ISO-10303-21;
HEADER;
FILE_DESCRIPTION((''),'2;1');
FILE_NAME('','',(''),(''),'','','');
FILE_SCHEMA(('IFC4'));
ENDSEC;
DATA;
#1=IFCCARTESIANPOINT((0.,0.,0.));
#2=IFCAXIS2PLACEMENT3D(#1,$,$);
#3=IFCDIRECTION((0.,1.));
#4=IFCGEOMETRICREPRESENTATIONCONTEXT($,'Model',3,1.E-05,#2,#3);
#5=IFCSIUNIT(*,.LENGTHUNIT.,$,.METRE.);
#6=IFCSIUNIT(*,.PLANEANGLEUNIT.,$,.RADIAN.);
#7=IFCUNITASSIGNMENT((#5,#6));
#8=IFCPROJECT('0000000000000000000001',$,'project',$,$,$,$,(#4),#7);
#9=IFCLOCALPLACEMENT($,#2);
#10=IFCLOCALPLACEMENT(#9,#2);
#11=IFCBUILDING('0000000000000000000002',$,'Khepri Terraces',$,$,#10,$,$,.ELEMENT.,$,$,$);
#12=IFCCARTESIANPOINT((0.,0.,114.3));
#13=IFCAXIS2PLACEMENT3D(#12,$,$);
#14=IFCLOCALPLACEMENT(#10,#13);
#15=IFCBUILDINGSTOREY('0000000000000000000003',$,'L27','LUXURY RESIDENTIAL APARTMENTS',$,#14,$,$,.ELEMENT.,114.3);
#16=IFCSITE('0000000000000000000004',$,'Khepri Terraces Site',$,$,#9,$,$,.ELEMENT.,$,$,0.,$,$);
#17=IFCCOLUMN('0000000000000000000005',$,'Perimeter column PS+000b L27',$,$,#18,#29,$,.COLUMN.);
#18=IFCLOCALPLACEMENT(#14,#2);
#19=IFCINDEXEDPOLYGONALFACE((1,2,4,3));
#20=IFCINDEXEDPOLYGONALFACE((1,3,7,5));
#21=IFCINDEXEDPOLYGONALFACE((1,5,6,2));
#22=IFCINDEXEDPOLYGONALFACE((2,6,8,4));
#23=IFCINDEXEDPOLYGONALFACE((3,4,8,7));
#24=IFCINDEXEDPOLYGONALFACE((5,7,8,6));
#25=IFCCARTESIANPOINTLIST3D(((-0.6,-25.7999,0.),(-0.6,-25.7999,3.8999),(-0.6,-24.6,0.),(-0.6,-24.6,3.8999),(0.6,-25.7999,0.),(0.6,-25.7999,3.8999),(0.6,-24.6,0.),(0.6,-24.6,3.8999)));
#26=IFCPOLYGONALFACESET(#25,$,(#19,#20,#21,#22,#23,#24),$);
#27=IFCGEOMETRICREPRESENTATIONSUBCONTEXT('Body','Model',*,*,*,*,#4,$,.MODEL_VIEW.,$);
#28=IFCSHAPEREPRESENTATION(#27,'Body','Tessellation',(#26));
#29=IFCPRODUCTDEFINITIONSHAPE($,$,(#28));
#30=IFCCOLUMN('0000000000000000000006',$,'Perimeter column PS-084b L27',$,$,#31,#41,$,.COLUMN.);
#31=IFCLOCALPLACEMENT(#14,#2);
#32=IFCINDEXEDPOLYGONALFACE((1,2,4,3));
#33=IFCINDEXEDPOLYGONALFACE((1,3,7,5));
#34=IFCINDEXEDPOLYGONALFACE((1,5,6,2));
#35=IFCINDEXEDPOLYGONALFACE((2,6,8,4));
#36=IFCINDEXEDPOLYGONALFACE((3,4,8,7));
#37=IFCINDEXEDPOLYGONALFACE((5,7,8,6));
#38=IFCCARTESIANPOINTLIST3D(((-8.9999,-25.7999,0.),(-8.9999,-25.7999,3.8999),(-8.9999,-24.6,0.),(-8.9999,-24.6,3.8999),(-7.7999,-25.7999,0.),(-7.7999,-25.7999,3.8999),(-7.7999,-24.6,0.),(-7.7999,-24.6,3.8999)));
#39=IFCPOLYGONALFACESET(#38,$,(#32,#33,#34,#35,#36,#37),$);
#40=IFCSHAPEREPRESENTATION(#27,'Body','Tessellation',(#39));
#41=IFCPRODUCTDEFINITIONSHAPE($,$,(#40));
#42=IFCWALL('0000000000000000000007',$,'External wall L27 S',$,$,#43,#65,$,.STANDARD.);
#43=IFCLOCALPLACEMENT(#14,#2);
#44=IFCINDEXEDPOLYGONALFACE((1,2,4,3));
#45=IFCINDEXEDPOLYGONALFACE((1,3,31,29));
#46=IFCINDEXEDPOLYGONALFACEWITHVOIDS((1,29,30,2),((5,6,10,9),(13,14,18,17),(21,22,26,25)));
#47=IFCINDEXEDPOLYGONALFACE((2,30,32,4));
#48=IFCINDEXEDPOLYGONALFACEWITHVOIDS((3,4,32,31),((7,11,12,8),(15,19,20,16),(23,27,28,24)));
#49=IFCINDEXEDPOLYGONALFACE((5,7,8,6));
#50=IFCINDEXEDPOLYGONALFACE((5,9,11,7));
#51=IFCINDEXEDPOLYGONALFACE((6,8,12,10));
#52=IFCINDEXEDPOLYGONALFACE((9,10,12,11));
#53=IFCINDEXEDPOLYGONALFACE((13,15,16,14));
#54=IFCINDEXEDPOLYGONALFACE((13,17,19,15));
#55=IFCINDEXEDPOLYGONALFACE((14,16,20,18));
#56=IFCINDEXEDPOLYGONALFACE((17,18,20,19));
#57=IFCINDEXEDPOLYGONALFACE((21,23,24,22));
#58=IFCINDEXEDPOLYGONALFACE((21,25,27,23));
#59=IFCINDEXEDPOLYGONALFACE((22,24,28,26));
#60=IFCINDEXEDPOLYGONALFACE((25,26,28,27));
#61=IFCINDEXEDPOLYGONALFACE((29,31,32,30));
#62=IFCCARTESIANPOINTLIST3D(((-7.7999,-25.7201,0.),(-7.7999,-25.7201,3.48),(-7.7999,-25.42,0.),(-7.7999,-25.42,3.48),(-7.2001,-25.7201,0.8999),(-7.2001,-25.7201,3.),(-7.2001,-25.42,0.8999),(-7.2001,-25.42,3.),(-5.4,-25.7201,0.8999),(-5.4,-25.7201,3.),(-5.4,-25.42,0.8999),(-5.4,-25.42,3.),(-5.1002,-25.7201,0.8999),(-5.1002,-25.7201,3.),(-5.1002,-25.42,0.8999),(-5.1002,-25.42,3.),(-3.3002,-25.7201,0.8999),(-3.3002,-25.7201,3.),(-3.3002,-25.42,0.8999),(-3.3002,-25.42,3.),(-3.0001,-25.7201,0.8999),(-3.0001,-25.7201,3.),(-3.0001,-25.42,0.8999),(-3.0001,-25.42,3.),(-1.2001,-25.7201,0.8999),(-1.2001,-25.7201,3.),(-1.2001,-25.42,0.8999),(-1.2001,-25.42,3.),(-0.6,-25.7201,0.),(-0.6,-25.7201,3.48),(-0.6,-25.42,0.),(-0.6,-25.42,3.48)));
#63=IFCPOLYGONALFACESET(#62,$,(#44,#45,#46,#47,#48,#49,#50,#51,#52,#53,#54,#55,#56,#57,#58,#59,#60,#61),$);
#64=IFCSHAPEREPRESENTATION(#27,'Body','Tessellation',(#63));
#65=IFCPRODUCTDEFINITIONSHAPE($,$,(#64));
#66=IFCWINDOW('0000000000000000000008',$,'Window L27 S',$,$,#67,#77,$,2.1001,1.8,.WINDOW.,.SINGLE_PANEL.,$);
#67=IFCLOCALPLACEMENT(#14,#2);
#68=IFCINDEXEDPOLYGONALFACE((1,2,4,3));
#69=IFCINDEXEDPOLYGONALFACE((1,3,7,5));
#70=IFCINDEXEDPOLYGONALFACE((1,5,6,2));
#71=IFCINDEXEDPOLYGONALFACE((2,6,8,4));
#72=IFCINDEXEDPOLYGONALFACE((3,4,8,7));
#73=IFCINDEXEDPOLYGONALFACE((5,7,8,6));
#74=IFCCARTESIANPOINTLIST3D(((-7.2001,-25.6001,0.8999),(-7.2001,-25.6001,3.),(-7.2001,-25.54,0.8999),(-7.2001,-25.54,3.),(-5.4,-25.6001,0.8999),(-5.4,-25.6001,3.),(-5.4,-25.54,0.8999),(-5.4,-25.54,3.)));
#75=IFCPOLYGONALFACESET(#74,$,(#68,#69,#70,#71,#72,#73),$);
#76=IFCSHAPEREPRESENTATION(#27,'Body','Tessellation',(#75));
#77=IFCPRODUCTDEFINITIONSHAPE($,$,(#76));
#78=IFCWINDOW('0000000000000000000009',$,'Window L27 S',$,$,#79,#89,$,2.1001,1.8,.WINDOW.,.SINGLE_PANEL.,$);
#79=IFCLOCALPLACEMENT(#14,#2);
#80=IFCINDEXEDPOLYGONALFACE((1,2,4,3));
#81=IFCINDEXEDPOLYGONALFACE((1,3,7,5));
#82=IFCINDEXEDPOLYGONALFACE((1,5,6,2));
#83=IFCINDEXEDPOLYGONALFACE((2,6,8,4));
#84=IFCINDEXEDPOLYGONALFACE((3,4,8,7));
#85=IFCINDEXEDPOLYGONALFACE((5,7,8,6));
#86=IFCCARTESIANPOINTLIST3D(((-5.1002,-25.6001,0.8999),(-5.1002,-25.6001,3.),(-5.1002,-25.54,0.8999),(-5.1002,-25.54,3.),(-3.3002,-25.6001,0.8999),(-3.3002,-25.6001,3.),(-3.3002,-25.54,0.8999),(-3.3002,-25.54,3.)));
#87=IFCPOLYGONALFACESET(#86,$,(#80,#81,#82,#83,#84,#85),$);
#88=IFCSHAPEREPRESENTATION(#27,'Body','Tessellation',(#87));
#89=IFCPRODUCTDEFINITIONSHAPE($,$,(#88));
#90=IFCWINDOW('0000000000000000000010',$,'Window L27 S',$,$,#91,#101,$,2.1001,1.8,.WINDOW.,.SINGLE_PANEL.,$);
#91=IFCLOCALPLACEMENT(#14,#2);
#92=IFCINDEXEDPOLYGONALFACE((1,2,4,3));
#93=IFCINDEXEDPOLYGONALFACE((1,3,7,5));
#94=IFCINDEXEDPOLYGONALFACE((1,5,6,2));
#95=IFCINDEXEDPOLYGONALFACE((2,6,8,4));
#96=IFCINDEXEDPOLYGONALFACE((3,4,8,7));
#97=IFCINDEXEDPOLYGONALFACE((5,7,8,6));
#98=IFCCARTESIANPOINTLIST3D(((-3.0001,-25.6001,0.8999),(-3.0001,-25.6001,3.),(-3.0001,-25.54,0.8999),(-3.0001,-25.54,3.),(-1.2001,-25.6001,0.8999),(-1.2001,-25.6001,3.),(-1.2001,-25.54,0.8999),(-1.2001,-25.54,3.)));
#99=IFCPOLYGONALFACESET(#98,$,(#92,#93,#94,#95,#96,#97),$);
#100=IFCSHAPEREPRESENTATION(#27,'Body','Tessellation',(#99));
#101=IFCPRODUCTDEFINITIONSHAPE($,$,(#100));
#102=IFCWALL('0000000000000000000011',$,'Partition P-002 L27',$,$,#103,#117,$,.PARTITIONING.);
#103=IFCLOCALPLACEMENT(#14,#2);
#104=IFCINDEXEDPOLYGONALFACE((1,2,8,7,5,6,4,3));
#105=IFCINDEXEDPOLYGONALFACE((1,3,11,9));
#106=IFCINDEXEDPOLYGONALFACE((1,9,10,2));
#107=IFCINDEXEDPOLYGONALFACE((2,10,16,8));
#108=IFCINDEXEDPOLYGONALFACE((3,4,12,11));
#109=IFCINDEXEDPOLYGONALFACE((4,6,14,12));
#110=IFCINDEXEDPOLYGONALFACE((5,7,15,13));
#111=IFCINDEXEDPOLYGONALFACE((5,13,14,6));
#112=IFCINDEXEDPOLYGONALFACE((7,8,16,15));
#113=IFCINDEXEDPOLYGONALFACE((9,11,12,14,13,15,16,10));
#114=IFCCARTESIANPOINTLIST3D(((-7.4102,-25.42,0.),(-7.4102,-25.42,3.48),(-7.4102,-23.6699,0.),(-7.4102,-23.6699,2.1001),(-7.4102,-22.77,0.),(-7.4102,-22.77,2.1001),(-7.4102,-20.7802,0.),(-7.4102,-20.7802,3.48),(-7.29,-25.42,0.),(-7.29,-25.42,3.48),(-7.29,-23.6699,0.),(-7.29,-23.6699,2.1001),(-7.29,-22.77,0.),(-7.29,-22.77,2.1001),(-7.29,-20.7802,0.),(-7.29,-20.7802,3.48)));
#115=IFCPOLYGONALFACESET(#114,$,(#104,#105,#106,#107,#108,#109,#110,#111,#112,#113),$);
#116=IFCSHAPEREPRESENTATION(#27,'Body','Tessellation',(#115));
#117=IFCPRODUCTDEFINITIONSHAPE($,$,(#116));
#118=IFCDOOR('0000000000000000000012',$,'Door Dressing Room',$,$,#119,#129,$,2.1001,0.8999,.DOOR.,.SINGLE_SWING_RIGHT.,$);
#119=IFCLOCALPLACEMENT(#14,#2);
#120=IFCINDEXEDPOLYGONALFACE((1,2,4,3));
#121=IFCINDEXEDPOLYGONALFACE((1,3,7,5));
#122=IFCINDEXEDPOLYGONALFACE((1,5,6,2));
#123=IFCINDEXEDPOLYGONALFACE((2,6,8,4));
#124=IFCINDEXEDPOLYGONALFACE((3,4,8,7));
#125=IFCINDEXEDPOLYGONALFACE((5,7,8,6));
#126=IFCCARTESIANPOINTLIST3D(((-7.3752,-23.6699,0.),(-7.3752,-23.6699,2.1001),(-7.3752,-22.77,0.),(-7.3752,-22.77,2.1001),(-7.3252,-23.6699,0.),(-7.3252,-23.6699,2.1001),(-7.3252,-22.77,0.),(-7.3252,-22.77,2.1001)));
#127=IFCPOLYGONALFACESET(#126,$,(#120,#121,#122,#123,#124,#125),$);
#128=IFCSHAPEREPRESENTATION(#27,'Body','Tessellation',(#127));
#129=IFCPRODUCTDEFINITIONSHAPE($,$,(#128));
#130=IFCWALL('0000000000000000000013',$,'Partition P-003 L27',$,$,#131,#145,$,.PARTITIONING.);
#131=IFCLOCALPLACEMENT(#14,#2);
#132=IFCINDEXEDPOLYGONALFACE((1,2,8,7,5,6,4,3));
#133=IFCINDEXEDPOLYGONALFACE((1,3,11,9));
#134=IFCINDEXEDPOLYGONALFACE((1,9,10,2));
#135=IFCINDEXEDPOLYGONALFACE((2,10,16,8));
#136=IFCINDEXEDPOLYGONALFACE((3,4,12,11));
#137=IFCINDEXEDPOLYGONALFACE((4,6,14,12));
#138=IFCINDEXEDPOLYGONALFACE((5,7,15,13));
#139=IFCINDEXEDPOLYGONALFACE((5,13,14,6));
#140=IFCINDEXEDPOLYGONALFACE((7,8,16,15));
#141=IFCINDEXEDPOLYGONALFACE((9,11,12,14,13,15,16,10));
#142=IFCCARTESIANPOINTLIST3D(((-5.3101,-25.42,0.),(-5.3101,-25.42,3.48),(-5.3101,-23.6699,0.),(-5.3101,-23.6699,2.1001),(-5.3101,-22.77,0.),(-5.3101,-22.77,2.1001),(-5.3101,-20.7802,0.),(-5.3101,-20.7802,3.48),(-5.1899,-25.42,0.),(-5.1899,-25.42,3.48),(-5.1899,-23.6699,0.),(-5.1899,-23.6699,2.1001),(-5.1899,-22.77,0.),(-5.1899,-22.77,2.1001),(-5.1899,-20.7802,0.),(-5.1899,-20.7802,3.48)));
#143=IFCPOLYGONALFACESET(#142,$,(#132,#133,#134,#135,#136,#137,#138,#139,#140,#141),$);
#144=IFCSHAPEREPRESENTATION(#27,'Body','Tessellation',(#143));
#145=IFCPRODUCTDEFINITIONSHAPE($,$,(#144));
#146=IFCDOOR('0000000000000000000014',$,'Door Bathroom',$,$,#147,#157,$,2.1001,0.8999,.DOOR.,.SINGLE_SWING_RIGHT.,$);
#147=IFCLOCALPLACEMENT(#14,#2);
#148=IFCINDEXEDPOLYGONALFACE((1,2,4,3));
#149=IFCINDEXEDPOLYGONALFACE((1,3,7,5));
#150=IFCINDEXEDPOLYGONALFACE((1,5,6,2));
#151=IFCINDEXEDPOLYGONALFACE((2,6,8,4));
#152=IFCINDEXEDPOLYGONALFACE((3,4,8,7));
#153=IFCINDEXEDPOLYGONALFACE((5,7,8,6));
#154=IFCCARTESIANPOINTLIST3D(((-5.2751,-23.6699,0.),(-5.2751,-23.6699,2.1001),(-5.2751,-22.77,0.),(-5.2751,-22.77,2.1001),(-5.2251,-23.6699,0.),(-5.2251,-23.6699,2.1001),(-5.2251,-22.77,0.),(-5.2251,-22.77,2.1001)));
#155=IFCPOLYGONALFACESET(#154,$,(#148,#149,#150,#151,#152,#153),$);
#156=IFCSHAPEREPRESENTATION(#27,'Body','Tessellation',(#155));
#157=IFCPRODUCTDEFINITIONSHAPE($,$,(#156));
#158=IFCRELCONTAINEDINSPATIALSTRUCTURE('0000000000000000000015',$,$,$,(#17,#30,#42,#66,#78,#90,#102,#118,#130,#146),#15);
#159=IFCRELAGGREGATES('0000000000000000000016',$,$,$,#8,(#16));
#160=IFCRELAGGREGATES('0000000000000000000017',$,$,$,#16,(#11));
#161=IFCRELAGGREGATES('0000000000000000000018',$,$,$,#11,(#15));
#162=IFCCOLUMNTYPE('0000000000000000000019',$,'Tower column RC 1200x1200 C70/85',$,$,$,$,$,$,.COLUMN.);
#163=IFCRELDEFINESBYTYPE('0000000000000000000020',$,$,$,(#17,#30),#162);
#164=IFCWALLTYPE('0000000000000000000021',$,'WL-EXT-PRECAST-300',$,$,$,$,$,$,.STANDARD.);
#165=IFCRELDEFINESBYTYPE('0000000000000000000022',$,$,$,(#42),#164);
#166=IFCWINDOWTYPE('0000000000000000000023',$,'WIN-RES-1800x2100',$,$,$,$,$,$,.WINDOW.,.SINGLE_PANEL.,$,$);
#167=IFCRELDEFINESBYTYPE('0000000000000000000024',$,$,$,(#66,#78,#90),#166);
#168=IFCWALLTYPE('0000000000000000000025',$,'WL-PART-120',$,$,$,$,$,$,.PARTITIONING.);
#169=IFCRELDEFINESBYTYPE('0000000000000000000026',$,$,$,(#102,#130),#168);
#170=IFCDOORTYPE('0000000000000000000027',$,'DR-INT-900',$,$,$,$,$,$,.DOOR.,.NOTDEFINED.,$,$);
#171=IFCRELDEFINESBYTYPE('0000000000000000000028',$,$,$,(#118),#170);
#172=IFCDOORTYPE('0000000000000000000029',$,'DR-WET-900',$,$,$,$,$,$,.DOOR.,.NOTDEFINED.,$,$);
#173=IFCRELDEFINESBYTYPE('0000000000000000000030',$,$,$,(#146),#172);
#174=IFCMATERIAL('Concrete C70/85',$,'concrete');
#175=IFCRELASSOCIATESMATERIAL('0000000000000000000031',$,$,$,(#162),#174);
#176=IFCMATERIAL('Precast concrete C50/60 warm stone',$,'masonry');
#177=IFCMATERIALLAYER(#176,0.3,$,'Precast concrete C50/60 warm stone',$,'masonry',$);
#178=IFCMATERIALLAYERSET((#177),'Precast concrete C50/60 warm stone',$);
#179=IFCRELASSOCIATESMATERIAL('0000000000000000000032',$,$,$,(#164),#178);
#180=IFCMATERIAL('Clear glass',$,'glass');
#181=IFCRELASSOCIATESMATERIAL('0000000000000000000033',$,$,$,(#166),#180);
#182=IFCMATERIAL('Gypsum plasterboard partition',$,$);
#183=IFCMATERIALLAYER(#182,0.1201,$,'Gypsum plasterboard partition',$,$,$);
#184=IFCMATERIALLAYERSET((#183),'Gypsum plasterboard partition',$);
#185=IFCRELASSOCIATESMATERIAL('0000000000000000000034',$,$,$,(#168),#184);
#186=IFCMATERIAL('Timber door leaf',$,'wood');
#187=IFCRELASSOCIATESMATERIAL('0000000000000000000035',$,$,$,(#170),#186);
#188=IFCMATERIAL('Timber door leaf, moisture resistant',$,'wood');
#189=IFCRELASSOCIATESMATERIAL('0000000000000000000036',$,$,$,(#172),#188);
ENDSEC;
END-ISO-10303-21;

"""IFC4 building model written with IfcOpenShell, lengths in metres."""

from ifc_helpers import new_model, si_unit, direction, frame, frame_2d, origin, origin_2d, place, context, subcontext, project, spatial, rectangle, extrude, material, layer, layer_set, material_profile, profile_set, type_object, element, fill, save


model = new_model("IFC4")

# Units and contexts
model_context = context("Model", 3, precision=1e-05, world=origin(), true_north=direction((0.0, 1.0)))
body_context = subcontext(model_context, "Body", "Model", "MODEL_VIEW")
ifc_project = project(units=[si_unit("LENGTHUNIT", "METRE"), si_unit("PLANEANGLEUNIT", "RADIAN")], contexts=[model_context])

# Site, building, storey
site_placement = place(None, origin())
site = spatial("IfcSite", under=ifc_project, at=site_placement, Name="Khepri Terraces Site", CompositionType="ELEMENT", RefElevation=0.0)
building_placement = place(site_placement, origin())
building = spatial("IfcBuilding", under=site, at=building_placement, Name="Khepri Terraces", CompositionType="ELEMENT")
storey_placement = place(building_placement, frame((0.0, 0.0, 114.3)))
storey = spatial("IfcBuildingStorey", under=building, at=storey_placement, Name="L27", Description="LUXURY RESIDENTIAL APARTMENTS", CompositionType="ELEMENT", Elevation=114.3)

# Columns
ifc_material_1 = material(Name="Concrete C70/85", Category="concrete")
ifc_material_profile = material_profile(ifc_material_1, rectangle(XDim=1.2, YDim=1.2, at=origin_2d()), Name="Concrete C70/85", Category="concrete")
ifc_profile_set = profile_set([ifc_material_profile], Name="Concrete C70/85")
column_type = type_object("IfcColumnType", Name="Tower column RC 1200x1200 C70/85", PredefinedType="COLUMN", material=ifc_profile_set)
for number, where, z_axis, x_axis, name in (
    (1, (0.0, -25.2, 0.0), (0.0, 0.0, 1.0), (1.0, 0.0, 0.0), "Perimeter column PS+000b L27"),
    (2, (-8.3999, -25.2, 0.0), (0.0, 0.0, 1.0), (1.0, 0.0, 0.0), "Perimeter column PS-084b L27"),
):
    element("IfcColumn", number, at=place(storey_placement, frame(where, z_axis=z_axis, x_axis=x_axis)), inside=storey, type_object=column_type, Name=name, PredefinedType="COLUMN", context=body_context, shape_type="SweptSolid", body=[
        extrude(rectangle(XDim=1.2, YDim=1.2, at=origin_2d()), origin(), (0.0, 0.0, 1.0), 3.8999),
    ])

# Wall, openings, windows
ifc_material_2 = material(Name="Precast concrete C50/60 warm stone", Category="masonry")
ifc_layer_1 = layer(ifc_material_2, 0.3, Name="Precast concrete C50/60 warm stone", Category="masonry")
ifc_layer_set_1 = layer_set([ifc_layer_1], Name="Precast concrete C50/60 warm stone")
wall_type_1 = type_object("IfcWallType", Name="WL-EXT-PRECAST-300", PredefinedType="STANDARD", material=ifc_layer_set_1)
wall_1_placement = place(storey_placement, frame((-7.8, -25.5701, 0.0), z_axis=(0.0, 0.0, 1.0), x_axis=(1.0, 0.0, 0.0)))
wall_1 = element("IfcWall", 3, at=wall_1_placement, inside=storey, type_object=wall_type_1, Name="External wall L27 S", PredefinedType="STANDARD", context=body_context, shape_type="SweptSolid", body=[
    extrude(rectangle(XDim=7.2, YDim=0.3, at=frame_2d((3.6001, 0.0))), origin(), (0.0, 0.0, 1.0), 3.48),
])
opening_1_placement = place(wall_1_placement, frame((0.6001, 0.0, 0.8999)))
opening_1 = element("IfcOpeningElement", 4, at=opening_1_placement, cuts=wall_1, PredefinedType="OPENING", context=body_context, shape_type="SweptSolid", body=[
    extrude(rectangle(XDim=1.8, YDim=2.1001, at=frame_2d((0.8999, 1.05))), frame((0.0, 0.1602, 0.0), z_axis=(0.0, -1.0, 0.0), x_axis=(1.0, 0.0, 0.0)), (0.0, 0.0, 1.0), 0.3201),
])
opening_2_placement = place(wall_1_placement, frame((2.7, 0.0, 0.8999)))
opening_2 = element("IfcOpeningElement", 5, at=opening_2_placement, cuts=wall_1, PredefinedType="OPENING", context=body_context, shape_type="SweptSolid", body=[
    extrude(rectangle(XDim=1.8, YDim=2.1001, at=frame_2d((0.8999, 1.05))), frame((0.0, 0.1602, 0.0), z_axis=(0.0, -1.0, 0.0), x_axis=(1.0, 0.0, 0.0)), (0.0, 0.0, 1.0), 0.3201),
])
opening_3_placement = place(wall_1_placement, frame((4.8, 0.0, 0.8999)))
opening_3 = element("IfcOpeningElement", 6, at=opening_3_placement, cuts=wall_1, PredefinedType="OPENING", context=body_context, shape_type="SweptSolid", body=[
    extrude(rectangle(XDim=1.8, YDim=2.1001, at=frame_2d((0.8999, 1.05))), frame((0.0, 0.1602, 0.0), z_axis=(0.0, -1.0, 0.0), x_axis=(1.0, 0.0, 0.0)), (0.0, 0.0, 1.0), 0.3201),
])
ifc_material_3 = material(Name="Clear glass", Category="glass")
window_type = type_object("IfcWindowType", Name="WIN-RES-1800x2100", PartitioningType="SINGLE_PANEL", PredefinedType="WINDOW", material=ifc_material_3)
window_1_placement = place(opening_1_placement, origin())
window_1 = element("IfcWindow", 7, at=window_1_placement, inside=storey, type_object=window_type, Name="Window L27 S", OverallHeight=2.1001, OverallWidth=1.8, PartitioningType="SINGLE_PANEL", PredefinedType="WINDOW", context=body_context, shape_type="SweptSolid", body=[
    extrude(rectangle(XDim=1.8, YDim=2.1001, at=frame_2d((0.8999, 1.05))), frame((0.0, 0.03, 0.0), z_axis=(0.0, -1.0, 0.0), x_axis=(1.0, 0.0, 0.0)), (0.0, 0.0, 1.0), 0.0601),
])
fill(opening_1, window_1)
window_2_placement = place(opening_2_placement, origin())
window_2 = element("IfcWindow", 8, at=window_2_placement, inside=storey, type_object=window_type, Name="Window L27 S", OverallHeight=2.1001, OverallWidth=1.8, PartitioningType="SINGLE_PANEL", PredefinedType="WINDOW", context=body_context, shape_type="SweptSolid", body=[
    extrude(rectangle(XDim=1.8, YDim=2.1001, at=frame_2d((0.8999, 1.05))), frame((0.0, 0.03, 0.0), z_axis=(0.0, -1.0, 0.0), x_axis=(1.0, 0.0, 0.0)), (0.0, 0.0, 1.0), 0.0601),
])
fill(opening_2, window_2)
window_3_placement = place(opening_3_placement, origin())
window_3 = element("IfcWindow", 9, at=window_3_placement, inside=storey, type_object=window_type, Name="Window L27 S", OverallHeight=2.1001, OverallWidth=1.8, PartitioningType="SINGLE_PANEL", PredefinedType="WINDOW", context=body_context, shape_type="SweptSolid", body=[
    extrude(rectangle(XDim=1.8, YDim=2.1001, at=frame_2d((0.8999, 1.05))), frame((0.0, 0.03, 0.0), z_axis=(0.0, -1.0, 0.0), x_axis=(1.0, 0.0, 0.0)), (0.0, 0.0, 1.0), 0.0601),
])
fill(opening_3, window_3)

# Walls, openings, doors
ifc_material_4 = material(Name="Gypsum plasterboard partition")
ifc_layer_2 = layer(ifc_material_4, 0.1201, Name="Gypsum plasterboard partition")
ifc_layer_set_2 = layer_set([ifc_layer_2], Name="Gypsum plasterboard partition")
wall_type_2 = type_object("IfcWallType", Name="WL-PART-120", PredefinedType="PARTITIONING", material=ifc_layer_set_2)
wall_2_placement = place(storey_placement, frame((-7.3501, -25.4199, 0.0), z_axis=(0.0, 0.0, 1.0), x_axis=(0.0, 1.0, 0.0)))
wall_2 = element("IfcWall", 10, at=wall_2_placement, inside=storey, type_object=wall_type_2, Name="Partition P-002 L27", PredefinedType="PARTITIONING", context=body_context, shape_type="SweptSolid", body=[
    extrude(rectangle(XDim=4.6399, YDim=0.1201, at=frame_2d((2.3198, 0.0))), origin(), (0.0, 0.0, 1.0), 3.48),
])
opening_4_placement = place(wall_2_placement, frame((1.75, 0.0, 0.0)))
opening_4 = element("IfcOpeningElement", 11, at=opening_4_placement, cuts=wall_2, PredefinedType="OPENING", context=body_context, shape_type="SweptSolid", body=[
    extrude(rectangle(XDim=0.8999, YDim=2.1001, at=frame_2d((0.45, 1.05))), frame((0.0, 0.0701, 0.0), z_axis=(0.0, -1.0, 0.0), x_axis=(1.0, 0.0, 0.0)), (0.0, 0.0, 1.0), 0.1401),
])
ifc_material_5 = material(Name="Timber door leaf", Category="wood")
door_type_1 = type_object("IfcDoorType", Name="DR-INT-900", OperationType="NOTDEFINED", PredefinedType="DOOR", material=ifc_material_5)
door_1_placement = place(opening_4_placement, frame((0.8999, 0.0, 0.0), z_axis=(0.0, 0.0, 1.0), x_axis=(-1.0, 0.0, 0.0)))
door_1 = element("IfcDoor", 12, at=door_1_placement, inside=storey, type_object=door_type_1, Name="Door Dressing Room", OperationType="SINGLE_SWING_RIGHT", OverallHeight=2.1001, OverallWidth=0.8999, PredefinedType="DOOR", context=body_context, shape_type="SweptSolid", body=[
    extrude(rectangle(XDim=0.8999, YDim=2.1001, at=frame_2d((0.45, 1.05))), frame((0.0, 0.0249, 0.0), z_axis=(0.0, -1.0, 0.0), x_axis=(1.0, 0.0, 0.0)), (0.0, 0.0, 1.0), 0.05),
])
fill(opening_4, door_1)
wall_3_placement = place(storey_placement, frame((-5.25, -25.4199, 0.0), z_axis=(0.0, 0.0, 1.0), x_axis=(0.0, 1.0, 0.0)))
wall_3 = element("IfcWall", 13, at=wall_3_placement, inside=storey, type_object=wall_type_2, Name="Partition P-003 L27", PredefinedType="PARTITIONING", context=body_context, shape_type="SweptSolid", body=[
    extrude(rectangle(XDim=4.6399, YDim=0.1201, at=frame_2d((2.3198, 0.0))), origin(), (0.0, 0.0, 1.0), 3.48),
])
opening_5_placement = place(wall_3_placement, frame((1.75, 0.0, 0.0)))
opening_5 = element("IfcOpeningElement", 14, at=opening_5_placement, cuts=wall_3, PredefinedType="OPENING", context=body_context, shape_type="SweptSolid", body=[
    extrude(rectangle(XDim=0.8999, YDim=2.1001, at=frame_2d((0.45, 1.05))), frame((0.0, 0.0701, 0.0), z_axis=(0.0, -1.0, 0.0), x_axis=(1.0, 0.0, 0.0)), (0.0, 0.0, 1.0), 0.1401),
])
ifc_material_6 = material(Name="Timber door leaf, moisture resistant", Category="wood")
door_type_2 = type_object("IfcDoorType", Name="DR-WET-900", OperationType="NOTDEFINED", PredefinedType="DOOR", material=ifc_material_6)
door_2_placement = place(opening_5_placement, frame((0.8999, 0.0, 0.0), z_axis=(0.0, 0.0, 1.0), x_axis=(-1.0, 0.0, 0.0)))
door_2 = element("IfcDoor", 15, at=door_2_placement, inside=storey, type_object=door_type_2, Name="Door Bathroom", OperationType="SINGLE_SWING_RIGHT", OverallHeight=2.1001, OverallWidth=0.8999, PredefinedType="DOOR", context=body_context, shape_type="SweptSolid", body=[
    extrude(rectangle(XDim=0.8999, YDim=2.1001, at=frame_2d((0.45, 1.05))), frame((0.0, 0.0249, 0.0), z_axis=(0.0, -1.0, 0.0), x_axis=(1.0, 0.0, 0.0)), (0.0, 0.0, 1.0), 0.05),
])
fill(opening_5, door_2)

save(model, "model.ifc")
